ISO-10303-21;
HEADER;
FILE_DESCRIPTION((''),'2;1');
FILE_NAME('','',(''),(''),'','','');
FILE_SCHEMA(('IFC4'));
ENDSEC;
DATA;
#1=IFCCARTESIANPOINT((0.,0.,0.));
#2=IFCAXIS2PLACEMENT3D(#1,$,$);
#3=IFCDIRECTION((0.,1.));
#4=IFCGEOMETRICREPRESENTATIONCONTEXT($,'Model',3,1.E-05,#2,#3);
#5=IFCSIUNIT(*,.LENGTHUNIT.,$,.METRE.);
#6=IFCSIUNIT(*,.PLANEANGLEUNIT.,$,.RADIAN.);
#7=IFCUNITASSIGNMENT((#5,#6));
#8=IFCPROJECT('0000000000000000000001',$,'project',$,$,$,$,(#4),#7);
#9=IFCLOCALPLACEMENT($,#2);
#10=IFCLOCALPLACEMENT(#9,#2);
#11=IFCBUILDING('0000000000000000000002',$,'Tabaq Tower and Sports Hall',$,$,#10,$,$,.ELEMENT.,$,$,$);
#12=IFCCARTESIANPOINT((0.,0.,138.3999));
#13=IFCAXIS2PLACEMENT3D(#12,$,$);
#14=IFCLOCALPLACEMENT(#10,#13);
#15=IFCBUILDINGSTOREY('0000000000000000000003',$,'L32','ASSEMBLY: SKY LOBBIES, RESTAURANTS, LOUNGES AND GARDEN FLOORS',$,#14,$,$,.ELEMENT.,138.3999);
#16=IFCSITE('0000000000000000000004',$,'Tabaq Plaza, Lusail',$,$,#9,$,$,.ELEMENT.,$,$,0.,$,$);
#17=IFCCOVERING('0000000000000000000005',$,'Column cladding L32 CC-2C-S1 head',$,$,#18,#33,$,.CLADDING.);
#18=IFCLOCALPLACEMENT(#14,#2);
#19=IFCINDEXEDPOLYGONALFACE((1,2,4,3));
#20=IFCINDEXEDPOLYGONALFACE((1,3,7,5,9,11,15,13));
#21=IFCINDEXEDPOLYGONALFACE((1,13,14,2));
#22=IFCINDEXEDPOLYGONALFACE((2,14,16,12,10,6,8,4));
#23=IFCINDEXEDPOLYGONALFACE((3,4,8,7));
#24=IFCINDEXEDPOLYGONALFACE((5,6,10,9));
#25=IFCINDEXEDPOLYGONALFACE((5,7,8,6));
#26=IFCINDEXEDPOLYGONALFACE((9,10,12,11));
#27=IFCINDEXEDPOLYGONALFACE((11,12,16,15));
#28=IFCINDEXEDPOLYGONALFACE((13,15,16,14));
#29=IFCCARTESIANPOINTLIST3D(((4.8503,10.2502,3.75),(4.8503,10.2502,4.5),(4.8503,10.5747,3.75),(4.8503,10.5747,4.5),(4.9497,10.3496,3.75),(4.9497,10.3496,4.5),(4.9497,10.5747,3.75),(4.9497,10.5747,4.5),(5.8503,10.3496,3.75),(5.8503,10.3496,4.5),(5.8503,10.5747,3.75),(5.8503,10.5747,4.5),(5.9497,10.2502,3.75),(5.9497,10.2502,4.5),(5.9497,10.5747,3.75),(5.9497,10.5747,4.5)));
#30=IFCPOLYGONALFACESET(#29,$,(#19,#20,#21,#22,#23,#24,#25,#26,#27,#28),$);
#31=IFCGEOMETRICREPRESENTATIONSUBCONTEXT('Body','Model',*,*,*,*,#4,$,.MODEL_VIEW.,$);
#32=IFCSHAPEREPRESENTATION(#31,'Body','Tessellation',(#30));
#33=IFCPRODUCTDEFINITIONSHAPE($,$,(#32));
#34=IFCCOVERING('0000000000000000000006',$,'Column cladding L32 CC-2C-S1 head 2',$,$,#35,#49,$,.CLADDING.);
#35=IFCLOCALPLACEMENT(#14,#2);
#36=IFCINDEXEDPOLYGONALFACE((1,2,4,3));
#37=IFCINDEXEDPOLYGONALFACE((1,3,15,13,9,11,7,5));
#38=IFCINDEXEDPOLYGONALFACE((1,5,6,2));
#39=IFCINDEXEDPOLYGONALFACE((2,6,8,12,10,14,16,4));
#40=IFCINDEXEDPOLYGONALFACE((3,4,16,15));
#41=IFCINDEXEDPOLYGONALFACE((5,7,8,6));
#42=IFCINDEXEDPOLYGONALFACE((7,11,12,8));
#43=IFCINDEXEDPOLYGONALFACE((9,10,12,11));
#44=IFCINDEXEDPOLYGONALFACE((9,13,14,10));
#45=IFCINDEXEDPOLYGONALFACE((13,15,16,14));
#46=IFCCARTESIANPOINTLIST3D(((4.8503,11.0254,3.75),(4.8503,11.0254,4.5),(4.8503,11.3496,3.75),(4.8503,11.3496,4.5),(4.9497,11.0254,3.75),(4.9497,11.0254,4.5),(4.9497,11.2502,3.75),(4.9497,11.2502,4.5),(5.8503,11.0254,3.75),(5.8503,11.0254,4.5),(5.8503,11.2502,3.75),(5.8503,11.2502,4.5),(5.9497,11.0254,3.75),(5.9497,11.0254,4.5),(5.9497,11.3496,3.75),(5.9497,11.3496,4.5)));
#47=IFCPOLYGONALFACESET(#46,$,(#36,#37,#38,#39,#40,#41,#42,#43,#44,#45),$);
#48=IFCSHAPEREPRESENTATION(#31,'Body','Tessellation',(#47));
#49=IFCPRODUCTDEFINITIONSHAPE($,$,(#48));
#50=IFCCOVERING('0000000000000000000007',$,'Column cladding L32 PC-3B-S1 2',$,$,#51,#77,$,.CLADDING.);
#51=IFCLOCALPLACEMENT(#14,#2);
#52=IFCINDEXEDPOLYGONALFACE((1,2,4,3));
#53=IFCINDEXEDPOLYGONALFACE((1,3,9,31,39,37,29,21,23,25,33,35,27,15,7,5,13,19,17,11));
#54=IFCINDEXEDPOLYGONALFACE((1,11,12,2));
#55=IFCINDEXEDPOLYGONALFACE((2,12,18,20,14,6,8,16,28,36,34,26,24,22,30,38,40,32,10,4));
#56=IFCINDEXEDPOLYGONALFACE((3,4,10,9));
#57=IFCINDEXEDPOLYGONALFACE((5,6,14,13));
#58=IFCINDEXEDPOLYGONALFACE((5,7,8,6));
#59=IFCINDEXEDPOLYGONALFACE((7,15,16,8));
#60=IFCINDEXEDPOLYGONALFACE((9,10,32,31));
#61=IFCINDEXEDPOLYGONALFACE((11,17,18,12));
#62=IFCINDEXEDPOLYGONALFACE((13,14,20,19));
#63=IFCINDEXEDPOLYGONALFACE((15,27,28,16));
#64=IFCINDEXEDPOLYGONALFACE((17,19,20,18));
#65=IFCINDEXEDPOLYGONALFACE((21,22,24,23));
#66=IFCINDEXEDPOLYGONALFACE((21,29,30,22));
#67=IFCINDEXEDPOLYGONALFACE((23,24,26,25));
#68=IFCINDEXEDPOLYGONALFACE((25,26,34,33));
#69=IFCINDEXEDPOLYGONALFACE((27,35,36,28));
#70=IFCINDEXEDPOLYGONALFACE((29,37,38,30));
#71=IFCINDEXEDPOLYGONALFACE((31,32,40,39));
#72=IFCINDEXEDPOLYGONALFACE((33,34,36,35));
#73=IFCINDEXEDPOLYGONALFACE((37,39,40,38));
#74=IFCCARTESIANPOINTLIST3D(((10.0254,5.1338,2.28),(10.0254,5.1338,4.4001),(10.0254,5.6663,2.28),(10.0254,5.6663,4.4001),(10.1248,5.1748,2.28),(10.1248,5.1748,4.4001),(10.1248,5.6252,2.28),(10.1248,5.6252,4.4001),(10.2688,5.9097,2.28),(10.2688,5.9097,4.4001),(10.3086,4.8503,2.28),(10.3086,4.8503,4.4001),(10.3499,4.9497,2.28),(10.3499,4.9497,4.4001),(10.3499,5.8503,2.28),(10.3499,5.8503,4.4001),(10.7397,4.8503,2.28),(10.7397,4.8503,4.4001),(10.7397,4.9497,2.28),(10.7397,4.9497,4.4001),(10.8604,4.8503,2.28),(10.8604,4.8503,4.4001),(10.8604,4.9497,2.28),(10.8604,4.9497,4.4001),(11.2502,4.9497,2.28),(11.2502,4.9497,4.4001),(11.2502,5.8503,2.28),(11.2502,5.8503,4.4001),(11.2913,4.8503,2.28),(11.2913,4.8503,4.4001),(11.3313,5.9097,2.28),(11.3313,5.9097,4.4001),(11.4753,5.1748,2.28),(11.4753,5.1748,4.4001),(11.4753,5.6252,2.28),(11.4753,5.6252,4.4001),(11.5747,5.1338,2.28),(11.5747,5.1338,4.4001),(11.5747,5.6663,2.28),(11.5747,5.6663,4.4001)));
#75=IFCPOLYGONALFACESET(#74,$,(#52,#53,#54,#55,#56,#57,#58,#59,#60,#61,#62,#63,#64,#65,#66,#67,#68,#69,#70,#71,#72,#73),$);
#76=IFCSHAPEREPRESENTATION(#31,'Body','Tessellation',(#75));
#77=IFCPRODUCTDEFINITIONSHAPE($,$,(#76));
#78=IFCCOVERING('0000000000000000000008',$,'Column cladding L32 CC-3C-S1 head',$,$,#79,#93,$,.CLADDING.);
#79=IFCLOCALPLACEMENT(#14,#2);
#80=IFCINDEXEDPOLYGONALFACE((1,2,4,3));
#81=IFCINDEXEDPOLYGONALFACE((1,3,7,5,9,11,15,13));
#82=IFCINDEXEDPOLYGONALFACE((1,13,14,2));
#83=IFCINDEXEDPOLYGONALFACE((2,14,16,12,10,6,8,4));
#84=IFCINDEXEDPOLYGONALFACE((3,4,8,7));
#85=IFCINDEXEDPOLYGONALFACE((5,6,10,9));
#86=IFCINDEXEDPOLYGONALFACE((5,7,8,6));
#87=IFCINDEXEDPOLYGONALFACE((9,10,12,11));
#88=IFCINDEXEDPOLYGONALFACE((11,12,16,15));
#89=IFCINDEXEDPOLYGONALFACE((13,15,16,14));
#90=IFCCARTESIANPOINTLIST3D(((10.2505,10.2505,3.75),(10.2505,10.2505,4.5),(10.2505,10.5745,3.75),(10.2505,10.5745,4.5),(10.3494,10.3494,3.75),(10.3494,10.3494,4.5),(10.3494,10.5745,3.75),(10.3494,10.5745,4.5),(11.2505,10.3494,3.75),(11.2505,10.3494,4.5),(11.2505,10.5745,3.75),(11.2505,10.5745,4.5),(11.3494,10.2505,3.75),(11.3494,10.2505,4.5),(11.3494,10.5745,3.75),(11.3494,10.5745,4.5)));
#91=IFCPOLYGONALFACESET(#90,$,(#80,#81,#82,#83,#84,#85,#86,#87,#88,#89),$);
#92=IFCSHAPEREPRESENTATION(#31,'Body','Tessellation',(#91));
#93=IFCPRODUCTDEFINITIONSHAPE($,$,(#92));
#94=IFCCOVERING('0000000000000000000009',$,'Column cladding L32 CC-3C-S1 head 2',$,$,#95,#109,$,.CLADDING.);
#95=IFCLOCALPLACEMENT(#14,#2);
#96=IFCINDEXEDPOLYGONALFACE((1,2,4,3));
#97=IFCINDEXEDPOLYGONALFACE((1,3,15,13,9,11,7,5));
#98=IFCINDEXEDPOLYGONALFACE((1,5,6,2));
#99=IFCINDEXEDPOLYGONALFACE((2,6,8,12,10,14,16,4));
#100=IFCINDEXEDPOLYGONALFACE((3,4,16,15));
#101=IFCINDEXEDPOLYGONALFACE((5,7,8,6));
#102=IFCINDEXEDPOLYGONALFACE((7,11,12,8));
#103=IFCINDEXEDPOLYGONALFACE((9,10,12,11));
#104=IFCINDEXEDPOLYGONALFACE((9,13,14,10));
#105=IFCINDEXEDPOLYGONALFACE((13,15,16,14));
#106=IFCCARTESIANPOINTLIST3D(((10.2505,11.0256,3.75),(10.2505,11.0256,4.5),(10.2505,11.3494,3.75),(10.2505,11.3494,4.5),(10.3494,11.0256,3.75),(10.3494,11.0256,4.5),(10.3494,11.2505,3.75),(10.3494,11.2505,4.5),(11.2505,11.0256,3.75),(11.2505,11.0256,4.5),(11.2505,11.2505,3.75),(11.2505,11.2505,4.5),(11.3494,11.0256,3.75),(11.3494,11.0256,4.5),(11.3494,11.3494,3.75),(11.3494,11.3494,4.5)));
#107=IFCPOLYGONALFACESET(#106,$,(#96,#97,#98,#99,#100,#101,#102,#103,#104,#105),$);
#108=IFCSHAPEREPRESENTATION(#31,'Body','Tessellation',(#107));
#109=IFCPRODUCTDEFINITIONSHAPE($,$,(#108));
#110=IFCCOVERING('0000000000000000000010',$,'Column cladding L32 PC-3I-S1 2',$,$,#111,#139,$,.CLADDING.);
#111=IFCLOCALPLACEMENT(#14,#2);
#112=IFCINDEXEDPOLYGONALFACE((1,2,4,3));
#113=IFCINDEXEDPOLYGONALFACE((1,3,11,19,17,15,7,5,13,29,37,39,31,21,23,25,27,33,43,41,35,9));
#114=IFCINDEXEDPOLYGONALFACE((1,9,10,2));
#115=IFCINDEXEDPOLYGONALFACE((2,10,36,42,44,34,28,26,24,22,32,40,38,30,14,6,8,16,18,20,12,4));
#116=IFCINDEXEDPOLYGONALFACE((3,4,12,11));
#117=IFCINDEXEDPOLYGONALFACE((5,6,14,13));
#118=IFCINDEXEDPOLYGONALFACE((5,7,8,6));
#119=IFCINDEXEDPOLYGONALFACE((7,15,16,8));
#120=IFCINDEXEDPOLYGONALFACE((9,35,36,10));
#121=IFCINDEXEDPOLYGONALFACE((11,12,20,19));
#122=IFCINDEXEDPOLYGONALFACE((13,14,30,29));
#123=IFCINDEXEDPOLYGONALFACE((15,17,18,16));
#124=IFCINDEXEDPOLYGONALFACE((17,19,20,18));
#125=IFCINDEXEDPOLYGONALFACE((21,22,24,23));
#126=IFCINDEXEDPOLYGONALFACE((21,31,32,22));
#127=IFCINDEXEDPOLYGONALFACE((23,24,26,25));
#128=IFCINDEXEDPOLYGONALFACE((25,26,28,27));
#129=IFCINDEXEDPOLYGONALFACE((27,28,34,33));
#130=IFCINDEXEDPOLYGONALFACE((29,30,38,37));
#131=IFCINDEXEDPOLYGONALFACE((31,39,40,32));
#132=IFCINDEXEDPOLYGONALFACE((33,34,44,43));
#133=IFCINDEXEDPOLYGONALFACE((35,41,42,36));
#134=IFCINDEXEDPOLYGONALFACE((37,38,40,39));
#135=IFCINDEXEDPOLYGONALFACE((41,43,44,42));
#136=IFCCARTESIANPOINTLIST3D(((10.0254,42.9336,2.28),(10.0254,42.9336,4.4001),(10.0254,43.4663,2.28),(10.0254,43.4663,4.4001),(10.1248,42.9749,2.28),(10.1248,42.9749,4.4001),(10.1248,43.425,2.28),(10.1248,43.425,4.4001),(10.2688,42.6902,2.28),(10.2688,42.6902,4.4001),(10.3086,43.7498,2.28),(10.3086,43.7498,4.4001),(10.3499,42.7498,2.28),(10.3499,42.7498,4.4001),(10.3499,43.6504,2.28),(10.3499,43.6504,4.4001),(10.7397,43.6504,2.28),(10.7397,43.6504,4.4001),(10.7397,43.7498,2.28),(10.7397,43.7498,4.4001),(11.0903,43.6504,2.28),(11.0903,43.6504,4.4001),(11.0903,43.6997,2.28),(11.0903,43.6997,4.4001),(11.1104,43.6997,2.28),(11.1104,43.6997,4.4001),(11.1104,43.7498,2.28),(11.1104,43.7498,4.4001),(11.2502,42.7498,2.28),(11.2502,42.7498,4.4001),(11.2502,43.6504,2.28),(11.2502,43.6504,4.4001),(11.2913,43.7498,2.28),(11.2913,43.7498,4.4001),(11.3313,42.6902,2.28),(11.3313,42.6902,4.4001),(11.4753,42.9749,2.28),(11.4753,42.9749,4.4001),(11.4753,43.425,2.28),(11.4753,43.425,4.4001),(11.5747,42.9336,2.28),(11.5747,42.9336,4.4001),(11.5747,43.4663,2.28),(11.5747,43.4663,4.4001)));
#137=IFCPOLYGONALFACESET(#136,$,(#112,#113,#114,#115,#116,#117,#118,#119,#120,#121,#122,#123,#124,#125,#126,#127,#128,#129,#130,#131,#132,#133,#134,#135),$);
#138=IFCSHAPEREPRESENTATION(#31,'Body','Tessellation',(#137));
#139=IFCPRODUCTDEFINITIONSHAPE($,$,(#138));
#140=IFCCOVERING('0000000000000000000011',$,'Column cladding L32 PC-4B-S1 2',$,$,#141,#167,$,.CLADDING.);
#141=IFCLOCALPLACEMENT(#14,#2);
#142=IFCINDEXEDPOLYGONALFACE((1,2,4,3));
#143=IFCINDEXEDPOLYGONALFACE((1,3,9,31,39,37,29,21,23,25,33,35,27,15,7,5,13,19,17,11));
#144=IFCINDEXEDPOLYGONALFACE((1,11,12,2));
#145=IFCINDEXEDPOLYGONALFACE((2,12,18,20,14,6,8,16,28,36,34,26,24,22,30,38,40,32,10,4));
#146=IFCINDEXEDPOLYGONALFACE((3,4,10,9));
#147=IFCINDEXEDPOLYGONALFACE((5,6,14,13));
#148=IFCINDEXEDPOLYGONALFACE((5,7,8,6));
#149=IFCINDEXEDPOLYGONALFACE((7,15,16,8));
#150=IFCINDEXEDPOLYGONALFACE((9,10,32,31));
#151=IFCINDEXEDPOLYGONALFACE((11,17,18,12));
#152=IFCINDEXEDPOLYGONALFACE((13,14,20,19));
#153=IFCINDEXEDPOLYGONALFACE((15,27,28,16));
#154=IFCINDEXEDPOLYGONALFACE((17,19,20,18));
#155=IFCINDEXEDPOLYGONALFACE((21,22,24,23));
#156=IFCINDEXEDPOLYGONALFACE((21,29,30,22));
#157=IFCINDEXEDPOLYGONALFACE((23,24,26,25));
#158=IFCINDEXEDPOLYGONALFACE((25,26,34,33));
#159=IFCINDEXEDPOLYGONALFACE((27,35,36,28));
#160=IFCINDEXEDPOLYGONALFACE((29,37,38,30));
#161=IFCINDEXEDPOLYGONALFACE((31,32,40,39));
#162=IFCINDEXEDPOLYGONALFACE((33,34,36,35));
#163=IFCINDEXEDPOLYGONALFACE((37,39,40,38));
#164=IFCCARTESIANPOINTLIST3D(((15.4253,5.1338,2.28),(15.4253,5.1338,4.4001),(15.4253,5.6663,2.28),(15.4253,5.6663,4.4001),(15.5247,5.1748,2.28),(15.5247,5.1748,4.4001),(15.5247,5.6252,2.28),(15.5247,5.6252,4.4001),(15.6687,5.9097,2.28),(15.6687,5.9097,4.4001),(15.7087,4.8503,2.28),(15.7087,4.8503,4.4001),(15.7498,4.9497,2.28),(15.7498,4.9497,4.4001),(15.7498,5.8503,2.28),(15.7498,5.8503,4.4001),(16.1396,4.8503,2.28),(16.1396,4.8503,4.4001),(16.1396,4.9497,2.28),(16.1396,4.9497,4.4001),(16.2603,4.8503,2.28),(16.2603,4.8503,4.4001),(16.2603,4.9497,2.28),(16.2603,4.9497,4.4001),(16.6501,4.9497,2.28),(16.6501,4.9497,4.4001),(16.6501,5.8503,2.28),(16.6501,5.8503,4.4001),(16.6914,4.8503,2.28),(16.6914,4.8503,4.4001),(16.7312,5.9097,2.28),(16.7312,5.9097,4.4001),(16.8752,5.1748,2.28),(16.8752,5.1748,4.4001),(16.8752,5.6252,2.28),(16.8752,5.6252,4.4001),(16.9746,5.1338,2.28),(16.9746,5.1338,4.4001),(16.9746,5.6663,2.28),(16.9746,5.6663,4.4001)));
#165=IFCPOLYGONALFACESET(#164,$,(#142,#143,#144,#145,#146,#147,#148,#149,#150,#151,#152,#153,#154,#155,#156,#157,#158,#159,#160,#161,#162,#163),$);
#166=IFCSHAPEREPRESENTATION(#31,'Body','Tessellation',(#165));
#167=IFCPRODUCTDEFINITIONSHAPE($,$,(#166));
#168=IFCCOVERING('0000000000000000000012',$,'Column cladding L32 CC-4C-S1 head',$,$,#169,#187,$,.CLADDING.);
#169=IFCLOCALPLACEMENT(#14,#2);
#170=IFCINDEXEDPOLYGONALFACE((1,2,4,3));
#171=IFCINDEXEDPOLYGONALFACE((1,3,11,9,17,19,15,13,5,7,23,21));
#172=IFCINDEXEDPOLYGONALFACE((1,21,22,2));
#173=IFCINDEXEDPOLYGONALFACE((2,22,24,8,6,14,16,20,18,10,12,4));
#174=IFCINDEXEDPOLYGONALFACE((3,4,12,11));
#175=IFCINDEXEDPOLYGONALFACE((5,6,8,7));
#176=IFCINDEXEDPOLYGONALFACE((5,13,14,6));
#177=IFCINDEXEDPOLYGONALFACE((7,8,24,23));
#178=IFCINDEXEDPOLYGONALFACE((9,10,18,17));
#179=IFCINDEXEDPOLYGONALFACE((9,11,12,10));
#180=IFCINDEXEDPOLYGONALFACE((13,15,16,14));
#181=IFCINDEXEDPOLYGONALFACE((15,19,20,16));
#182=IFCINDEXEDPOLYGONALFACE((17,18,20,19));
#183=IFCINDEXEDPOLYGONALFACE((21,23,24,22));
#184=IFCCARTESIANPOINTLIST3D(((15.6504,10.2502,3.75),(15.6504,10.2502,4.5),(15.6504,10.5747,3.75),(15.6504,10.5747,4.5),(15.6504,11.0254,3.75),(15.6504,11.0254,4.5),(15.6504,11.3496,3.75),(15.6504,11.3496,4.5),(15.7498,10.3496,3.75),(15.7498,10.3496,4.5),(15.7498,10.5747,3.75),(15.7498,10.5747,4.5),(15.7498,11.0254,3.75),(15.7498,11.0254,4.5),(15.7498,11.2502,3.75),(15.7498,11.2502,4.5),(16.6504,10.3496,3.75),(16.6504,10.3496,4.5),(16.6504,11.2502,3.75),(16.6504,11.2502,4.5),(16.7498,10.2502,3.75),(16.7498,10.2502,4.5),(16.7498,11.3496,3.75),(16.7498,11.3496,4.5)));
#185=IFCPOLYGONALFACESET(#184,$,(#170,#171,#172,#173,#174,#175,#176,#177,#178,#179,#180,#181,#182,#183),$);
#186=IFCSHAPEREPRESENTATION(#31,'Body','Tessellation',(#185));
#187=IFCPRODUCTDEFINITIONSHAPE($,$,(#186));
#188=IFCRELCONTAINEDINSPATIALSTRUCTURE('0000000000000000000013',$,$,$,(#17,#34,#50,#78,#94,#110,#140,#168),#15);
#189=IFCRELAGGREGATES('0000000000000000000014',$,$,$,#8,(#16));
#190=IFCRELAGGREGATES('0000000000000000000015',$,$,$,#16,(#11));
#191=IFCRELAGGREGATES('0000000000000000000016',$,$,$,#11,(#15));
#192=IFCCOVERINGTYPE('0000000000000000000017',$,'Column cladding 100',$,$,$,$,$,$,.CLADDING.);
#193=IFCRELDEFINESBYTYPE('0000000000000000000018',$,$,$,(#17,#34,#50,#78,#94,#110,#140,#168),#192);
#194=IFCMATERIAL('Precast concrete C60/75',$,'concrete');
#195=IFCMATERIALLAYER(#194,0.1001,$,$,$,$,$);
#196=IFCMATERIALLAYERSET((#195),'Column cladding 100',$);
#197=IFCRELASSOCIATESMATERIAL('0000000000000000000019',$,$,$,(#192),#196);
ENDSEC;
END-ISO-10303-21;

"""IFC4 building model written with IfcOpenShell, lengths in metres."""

from ifc_helpers import new_model, si_unit, direction, frame, origin, place, context, subcontext, project, spatial, polyline, outline, extrude, material, layer, layer_set, type_object, element, save


model = new_model("IFC4")

# Units and contexts
model_context = context("Model", 3, precision=1e-05, world=origin(), true_north=direction((0.0, 1.0)))
body_context = subcontext(model_context, "Body", "Model", "MODEL_VIEW")
ifc_project = project(units=[si_unit("LENGTHUNIT", "METRE"), si_unit("PLANEANGLEUNIT", "RADIAN")], contexts=[model_context])

# Site, building, storey
site_placement = place(None, origin())
site = spatial("IfcSite", under=ifc_project, at=site_placement, Name="Tabaq Plaza, Lusail", CompositionType="ELEMENT", RefElevation=0.0)
building_placement = place(site_placement, origin())
building = spatial("IfcBuilding", under=site, at=building_placement, Name="Tabaq Tower and Sports Hall", CompositionType="ELEMENT")
storey_placement = place(building_placement, frame((0.0, 0.0, 138.3999)))
storey = spatial("IfcBuildingStorey", under=building, at=storey_placement, Name="L32", Description="ASSEMBLY: SKY LOBBIES, RESTAURANTS, LOUNGES AND GARDEN FLOORS", CompositionType="ELEMENT", Elevation=138.3999)

# Coverings
ifc_material = material(Name="Precast concrete C60/75", Category="concrete")
ifc_layer = layer(ifc_material, 0.1001)
ifc_layer_set = layer_set([ifc_layer], Name="Column cladding 100")
covering_type = type_object("IfcCoveringType", Name="Column cladding 100", PredefinedType="CLADDING", material=ifc_layer_set)
covering_1_placement = place(storey_placement, frame((0.0, 0.0, 3.75)))
element("IfcCovering", 1, at=covering_1_placement, inside=storey, type_object=covering_type, Name="Column cladding L32 CC-2C-S1 head", PredefinedType="CLADDING", context=body_context, shape_type="SweptSolid", body=[
    extrude(outline(polyline([(5.9497, 10.2502), (4.8503, 10.2502), (4.8503, 10.5747), (4.9497, 10.5747), (4.9497, 10.3496), (5.8503, 10.3496), (5.8503, 10.5747), (5.9497, 10.5747), (5.9497, 10.2502)])), origin(), (0.0, 0.0, 1.0), 0.75),
])
covering_2_placement = place(storey_placement, frame((0.0, 0.0, 3.75)))
element("IfcCovering", 2, at=covering_2_placement, inside=storey, type_object=covering_type, Name="Column cladding L32 CC-2C-S1 head 2", PredefinedType="CLADDING", context=body_context, shape_type="SweptSolid", body=[
    extrude(outline(polyline([(5.9497, 11.3496), (5.9497, 11.0254), (5.8503, 11.0254), (5.8503, 11.2502), (4.9497, 11.2502), (4.9497, 11.0254), (4.8503, 11.0254), (4.8503, 11.3496), (5.9497, 11.3496)])), origin(), (0.0, 0.0, 1.0), 0.75),
])
covering_3_placement = place(storey_placement, frame((0.0, 0.0, 2.28)))
element("IfcCovering", 3, at=covering_3_placement, inside=storey, type_object=covering_type, Name="Column cladding L32 PC-3B-S1 2", PredefinedType="CLADDING", context=body_context, shape_type="SweptSolid", body=[
    extrude(outline(polyline([(10.0254, 5.6663), (10.2688, 5.9097), (11.3313, 5.9097), (11.5747, 5.6663), (11.5747, 5.1338), (11.2913, 4.8503), (10.8604, 4.8503), (10.8604, 4.9497), (11.2502, 4.9497), (11.4753, 5.1748), (11.4753, 5.6252), (11.2502, 5.8503), (10.3499, 5.8503), (10.1248, 5.6252), (10.1248, 5.1748), (10.3499, 4.9497), (10.7397, 4.9497), (10.7397, 4.8503), (10.3086, 4.8503), (10.0254, 5.1338), (10.0254, 5.6663)])), origin(), (0.0, 0.0, 1.0), 2.1201),
])
covering_4_placement = place(storey_placement, frame((0.0, 0.0, 3.75)))
element("IfcCovering", 4, at=covering_4_placement, inside=storey, type_object=covering_type, Name="Column cladding L32 CC-3C-S1 head", PredefinedType="CLADDING", context=body_context, shape_type="SweptSolid", body=[
    extrude(outline(polyline([(10.3494, 10.5745), (10.3494, 10.3494), (11.2505, 10.3494), (11.2505, 10.5745), (11.3494, 10.5745), (11.3494, 10.2505), (10.2505, 10.2505), (10.2505, 10.5745), (10.3494, 10.5745)])), origin(), (0.0, 0.0, 1.0), 0.75),
])
covering_5_placement = place(storey_placement, frame((0.0, 0.0, 3.75)))
element("IfcCovering", 5, at=covering_5_placement, inside=storey, type_object=covering_type, Name="Column cladding L32 CC-3C-S1 head 2", PredefinedType="CLADDING", context=body_context, shape_type="SweptSolid", body=[
    extrude(outline(polyline([(10.3494, 11.0256), (10.2505, 11.0256), (10.2505, 11.3494), (11.3494, 11.3494), (11.3494, 11.0256), (11.2505, 11.0256), (11.2505, 11.2505), (10.3494, 11.2505), (10.3494, 11.0256)])), origin(), (0.0, 0.0, 1.0), 0.75),
])
covering_6_placement = place(storey_placement, frame((0.0, 0.0, 2.28)))
element("IfcCovering", 6, at=covering_6_placement, inside=storey, type_object=covering_type, Name="Column cladding L32 PC-3I-S1 2", PredefinedType="CLADDING", context=body_context, shape_type="SweptSolid", body=[
    extrude(outline(polyline([(10.0254, 43.4663), (10.3086, 43.7498), (10.7397, 43.7498), (10.7397, 43.6504), (10.3499, 43.6504), (10.1248, 43.425), (10.1248, 42.9749), (10.3499, 42.7498), (11.2502, 42.7498), (11.4753, 42.9749), (11.4753, 43.425), (11.2502, 43.6504), (11.0903, 43.6504), (11.0903, 43.6997), (11.1104, 43.6997), (11.1104, 43.7498), (11.2913, 43.7498), (11.5747, 43.4663), (11.5747, 42.9336), (11.3313, 42.6902), (10.2688, 42.6902), (10.0254, 42.9336), (10.0254, 43.4663)])), origin(), (0.0, 0.0, 1.0), 2.1201),
])
covering_7_placement = place(storey_placement, frame((0.0, 0.0, 2.28)))
element("IfcCovering", 7, at=covering_7_placement, inside=storey, type_object=covering_type, Name="Column cladding L32 PC-4B-S1 2", PredefinedType="CLADDING", context=body_context, shape_type="SweptSolid", body=[
    extrude(outline(polyline([(15.4253, 5.6663), (15.6687, 5.9097), (16.7312, 5.9097), (16.9746, 5.6663), (16.9746, 5.1338), (16.6914, 4.8503), (16.2603, 4.8503), (16.2603, 4.9497), (16.6501, 4.9497), (16.8752, 5.1748), (16.8752, 5.6252), (16.6501, 5.8503), (15.7498, 5.8503), (15.5247, 5.6252), (15.5247, 5.1748), (15.7498, 4.9497), (16.1396, 4.9497), (16.1396, 4.8503), (15.7087, 4.8503), (15.4253, 5.1338), (15.4253, 5.6663)])), origin(), (0.0, 0.0, 1.0), 2.1201),
])
covering_8_placement = place(storey_placement, frame((0.0, 0.0, 3.75)))
element("IfcCovering", 8, at=covering_8_placement, inside=storey, type_object=covering_type, Name="Column cladding L32 CC-4C-S1 head", PredefinedType="CLADDING", context=body_context, shape_type="SweptSolid", body=[
    extrude(outline(polyline([(16.7498, 11.3496), (16.7498, 10.2502), (15.6504, 10.2502), (15.6504, 10.5747), (15.7498, 10.5747), (15.7498, 10.3496), (16.6504, 10.3496), (16.6504, 11.2502), (15.7498, 11.2502), (15.7498, 11.0254), (15.6504, 11.0254), (15.6504, 11.3496), (16.7498, 11.3496)])), origin(), (0.0, 0.0, 1.0), 0.75),
])

save(model, "model.ifc")
